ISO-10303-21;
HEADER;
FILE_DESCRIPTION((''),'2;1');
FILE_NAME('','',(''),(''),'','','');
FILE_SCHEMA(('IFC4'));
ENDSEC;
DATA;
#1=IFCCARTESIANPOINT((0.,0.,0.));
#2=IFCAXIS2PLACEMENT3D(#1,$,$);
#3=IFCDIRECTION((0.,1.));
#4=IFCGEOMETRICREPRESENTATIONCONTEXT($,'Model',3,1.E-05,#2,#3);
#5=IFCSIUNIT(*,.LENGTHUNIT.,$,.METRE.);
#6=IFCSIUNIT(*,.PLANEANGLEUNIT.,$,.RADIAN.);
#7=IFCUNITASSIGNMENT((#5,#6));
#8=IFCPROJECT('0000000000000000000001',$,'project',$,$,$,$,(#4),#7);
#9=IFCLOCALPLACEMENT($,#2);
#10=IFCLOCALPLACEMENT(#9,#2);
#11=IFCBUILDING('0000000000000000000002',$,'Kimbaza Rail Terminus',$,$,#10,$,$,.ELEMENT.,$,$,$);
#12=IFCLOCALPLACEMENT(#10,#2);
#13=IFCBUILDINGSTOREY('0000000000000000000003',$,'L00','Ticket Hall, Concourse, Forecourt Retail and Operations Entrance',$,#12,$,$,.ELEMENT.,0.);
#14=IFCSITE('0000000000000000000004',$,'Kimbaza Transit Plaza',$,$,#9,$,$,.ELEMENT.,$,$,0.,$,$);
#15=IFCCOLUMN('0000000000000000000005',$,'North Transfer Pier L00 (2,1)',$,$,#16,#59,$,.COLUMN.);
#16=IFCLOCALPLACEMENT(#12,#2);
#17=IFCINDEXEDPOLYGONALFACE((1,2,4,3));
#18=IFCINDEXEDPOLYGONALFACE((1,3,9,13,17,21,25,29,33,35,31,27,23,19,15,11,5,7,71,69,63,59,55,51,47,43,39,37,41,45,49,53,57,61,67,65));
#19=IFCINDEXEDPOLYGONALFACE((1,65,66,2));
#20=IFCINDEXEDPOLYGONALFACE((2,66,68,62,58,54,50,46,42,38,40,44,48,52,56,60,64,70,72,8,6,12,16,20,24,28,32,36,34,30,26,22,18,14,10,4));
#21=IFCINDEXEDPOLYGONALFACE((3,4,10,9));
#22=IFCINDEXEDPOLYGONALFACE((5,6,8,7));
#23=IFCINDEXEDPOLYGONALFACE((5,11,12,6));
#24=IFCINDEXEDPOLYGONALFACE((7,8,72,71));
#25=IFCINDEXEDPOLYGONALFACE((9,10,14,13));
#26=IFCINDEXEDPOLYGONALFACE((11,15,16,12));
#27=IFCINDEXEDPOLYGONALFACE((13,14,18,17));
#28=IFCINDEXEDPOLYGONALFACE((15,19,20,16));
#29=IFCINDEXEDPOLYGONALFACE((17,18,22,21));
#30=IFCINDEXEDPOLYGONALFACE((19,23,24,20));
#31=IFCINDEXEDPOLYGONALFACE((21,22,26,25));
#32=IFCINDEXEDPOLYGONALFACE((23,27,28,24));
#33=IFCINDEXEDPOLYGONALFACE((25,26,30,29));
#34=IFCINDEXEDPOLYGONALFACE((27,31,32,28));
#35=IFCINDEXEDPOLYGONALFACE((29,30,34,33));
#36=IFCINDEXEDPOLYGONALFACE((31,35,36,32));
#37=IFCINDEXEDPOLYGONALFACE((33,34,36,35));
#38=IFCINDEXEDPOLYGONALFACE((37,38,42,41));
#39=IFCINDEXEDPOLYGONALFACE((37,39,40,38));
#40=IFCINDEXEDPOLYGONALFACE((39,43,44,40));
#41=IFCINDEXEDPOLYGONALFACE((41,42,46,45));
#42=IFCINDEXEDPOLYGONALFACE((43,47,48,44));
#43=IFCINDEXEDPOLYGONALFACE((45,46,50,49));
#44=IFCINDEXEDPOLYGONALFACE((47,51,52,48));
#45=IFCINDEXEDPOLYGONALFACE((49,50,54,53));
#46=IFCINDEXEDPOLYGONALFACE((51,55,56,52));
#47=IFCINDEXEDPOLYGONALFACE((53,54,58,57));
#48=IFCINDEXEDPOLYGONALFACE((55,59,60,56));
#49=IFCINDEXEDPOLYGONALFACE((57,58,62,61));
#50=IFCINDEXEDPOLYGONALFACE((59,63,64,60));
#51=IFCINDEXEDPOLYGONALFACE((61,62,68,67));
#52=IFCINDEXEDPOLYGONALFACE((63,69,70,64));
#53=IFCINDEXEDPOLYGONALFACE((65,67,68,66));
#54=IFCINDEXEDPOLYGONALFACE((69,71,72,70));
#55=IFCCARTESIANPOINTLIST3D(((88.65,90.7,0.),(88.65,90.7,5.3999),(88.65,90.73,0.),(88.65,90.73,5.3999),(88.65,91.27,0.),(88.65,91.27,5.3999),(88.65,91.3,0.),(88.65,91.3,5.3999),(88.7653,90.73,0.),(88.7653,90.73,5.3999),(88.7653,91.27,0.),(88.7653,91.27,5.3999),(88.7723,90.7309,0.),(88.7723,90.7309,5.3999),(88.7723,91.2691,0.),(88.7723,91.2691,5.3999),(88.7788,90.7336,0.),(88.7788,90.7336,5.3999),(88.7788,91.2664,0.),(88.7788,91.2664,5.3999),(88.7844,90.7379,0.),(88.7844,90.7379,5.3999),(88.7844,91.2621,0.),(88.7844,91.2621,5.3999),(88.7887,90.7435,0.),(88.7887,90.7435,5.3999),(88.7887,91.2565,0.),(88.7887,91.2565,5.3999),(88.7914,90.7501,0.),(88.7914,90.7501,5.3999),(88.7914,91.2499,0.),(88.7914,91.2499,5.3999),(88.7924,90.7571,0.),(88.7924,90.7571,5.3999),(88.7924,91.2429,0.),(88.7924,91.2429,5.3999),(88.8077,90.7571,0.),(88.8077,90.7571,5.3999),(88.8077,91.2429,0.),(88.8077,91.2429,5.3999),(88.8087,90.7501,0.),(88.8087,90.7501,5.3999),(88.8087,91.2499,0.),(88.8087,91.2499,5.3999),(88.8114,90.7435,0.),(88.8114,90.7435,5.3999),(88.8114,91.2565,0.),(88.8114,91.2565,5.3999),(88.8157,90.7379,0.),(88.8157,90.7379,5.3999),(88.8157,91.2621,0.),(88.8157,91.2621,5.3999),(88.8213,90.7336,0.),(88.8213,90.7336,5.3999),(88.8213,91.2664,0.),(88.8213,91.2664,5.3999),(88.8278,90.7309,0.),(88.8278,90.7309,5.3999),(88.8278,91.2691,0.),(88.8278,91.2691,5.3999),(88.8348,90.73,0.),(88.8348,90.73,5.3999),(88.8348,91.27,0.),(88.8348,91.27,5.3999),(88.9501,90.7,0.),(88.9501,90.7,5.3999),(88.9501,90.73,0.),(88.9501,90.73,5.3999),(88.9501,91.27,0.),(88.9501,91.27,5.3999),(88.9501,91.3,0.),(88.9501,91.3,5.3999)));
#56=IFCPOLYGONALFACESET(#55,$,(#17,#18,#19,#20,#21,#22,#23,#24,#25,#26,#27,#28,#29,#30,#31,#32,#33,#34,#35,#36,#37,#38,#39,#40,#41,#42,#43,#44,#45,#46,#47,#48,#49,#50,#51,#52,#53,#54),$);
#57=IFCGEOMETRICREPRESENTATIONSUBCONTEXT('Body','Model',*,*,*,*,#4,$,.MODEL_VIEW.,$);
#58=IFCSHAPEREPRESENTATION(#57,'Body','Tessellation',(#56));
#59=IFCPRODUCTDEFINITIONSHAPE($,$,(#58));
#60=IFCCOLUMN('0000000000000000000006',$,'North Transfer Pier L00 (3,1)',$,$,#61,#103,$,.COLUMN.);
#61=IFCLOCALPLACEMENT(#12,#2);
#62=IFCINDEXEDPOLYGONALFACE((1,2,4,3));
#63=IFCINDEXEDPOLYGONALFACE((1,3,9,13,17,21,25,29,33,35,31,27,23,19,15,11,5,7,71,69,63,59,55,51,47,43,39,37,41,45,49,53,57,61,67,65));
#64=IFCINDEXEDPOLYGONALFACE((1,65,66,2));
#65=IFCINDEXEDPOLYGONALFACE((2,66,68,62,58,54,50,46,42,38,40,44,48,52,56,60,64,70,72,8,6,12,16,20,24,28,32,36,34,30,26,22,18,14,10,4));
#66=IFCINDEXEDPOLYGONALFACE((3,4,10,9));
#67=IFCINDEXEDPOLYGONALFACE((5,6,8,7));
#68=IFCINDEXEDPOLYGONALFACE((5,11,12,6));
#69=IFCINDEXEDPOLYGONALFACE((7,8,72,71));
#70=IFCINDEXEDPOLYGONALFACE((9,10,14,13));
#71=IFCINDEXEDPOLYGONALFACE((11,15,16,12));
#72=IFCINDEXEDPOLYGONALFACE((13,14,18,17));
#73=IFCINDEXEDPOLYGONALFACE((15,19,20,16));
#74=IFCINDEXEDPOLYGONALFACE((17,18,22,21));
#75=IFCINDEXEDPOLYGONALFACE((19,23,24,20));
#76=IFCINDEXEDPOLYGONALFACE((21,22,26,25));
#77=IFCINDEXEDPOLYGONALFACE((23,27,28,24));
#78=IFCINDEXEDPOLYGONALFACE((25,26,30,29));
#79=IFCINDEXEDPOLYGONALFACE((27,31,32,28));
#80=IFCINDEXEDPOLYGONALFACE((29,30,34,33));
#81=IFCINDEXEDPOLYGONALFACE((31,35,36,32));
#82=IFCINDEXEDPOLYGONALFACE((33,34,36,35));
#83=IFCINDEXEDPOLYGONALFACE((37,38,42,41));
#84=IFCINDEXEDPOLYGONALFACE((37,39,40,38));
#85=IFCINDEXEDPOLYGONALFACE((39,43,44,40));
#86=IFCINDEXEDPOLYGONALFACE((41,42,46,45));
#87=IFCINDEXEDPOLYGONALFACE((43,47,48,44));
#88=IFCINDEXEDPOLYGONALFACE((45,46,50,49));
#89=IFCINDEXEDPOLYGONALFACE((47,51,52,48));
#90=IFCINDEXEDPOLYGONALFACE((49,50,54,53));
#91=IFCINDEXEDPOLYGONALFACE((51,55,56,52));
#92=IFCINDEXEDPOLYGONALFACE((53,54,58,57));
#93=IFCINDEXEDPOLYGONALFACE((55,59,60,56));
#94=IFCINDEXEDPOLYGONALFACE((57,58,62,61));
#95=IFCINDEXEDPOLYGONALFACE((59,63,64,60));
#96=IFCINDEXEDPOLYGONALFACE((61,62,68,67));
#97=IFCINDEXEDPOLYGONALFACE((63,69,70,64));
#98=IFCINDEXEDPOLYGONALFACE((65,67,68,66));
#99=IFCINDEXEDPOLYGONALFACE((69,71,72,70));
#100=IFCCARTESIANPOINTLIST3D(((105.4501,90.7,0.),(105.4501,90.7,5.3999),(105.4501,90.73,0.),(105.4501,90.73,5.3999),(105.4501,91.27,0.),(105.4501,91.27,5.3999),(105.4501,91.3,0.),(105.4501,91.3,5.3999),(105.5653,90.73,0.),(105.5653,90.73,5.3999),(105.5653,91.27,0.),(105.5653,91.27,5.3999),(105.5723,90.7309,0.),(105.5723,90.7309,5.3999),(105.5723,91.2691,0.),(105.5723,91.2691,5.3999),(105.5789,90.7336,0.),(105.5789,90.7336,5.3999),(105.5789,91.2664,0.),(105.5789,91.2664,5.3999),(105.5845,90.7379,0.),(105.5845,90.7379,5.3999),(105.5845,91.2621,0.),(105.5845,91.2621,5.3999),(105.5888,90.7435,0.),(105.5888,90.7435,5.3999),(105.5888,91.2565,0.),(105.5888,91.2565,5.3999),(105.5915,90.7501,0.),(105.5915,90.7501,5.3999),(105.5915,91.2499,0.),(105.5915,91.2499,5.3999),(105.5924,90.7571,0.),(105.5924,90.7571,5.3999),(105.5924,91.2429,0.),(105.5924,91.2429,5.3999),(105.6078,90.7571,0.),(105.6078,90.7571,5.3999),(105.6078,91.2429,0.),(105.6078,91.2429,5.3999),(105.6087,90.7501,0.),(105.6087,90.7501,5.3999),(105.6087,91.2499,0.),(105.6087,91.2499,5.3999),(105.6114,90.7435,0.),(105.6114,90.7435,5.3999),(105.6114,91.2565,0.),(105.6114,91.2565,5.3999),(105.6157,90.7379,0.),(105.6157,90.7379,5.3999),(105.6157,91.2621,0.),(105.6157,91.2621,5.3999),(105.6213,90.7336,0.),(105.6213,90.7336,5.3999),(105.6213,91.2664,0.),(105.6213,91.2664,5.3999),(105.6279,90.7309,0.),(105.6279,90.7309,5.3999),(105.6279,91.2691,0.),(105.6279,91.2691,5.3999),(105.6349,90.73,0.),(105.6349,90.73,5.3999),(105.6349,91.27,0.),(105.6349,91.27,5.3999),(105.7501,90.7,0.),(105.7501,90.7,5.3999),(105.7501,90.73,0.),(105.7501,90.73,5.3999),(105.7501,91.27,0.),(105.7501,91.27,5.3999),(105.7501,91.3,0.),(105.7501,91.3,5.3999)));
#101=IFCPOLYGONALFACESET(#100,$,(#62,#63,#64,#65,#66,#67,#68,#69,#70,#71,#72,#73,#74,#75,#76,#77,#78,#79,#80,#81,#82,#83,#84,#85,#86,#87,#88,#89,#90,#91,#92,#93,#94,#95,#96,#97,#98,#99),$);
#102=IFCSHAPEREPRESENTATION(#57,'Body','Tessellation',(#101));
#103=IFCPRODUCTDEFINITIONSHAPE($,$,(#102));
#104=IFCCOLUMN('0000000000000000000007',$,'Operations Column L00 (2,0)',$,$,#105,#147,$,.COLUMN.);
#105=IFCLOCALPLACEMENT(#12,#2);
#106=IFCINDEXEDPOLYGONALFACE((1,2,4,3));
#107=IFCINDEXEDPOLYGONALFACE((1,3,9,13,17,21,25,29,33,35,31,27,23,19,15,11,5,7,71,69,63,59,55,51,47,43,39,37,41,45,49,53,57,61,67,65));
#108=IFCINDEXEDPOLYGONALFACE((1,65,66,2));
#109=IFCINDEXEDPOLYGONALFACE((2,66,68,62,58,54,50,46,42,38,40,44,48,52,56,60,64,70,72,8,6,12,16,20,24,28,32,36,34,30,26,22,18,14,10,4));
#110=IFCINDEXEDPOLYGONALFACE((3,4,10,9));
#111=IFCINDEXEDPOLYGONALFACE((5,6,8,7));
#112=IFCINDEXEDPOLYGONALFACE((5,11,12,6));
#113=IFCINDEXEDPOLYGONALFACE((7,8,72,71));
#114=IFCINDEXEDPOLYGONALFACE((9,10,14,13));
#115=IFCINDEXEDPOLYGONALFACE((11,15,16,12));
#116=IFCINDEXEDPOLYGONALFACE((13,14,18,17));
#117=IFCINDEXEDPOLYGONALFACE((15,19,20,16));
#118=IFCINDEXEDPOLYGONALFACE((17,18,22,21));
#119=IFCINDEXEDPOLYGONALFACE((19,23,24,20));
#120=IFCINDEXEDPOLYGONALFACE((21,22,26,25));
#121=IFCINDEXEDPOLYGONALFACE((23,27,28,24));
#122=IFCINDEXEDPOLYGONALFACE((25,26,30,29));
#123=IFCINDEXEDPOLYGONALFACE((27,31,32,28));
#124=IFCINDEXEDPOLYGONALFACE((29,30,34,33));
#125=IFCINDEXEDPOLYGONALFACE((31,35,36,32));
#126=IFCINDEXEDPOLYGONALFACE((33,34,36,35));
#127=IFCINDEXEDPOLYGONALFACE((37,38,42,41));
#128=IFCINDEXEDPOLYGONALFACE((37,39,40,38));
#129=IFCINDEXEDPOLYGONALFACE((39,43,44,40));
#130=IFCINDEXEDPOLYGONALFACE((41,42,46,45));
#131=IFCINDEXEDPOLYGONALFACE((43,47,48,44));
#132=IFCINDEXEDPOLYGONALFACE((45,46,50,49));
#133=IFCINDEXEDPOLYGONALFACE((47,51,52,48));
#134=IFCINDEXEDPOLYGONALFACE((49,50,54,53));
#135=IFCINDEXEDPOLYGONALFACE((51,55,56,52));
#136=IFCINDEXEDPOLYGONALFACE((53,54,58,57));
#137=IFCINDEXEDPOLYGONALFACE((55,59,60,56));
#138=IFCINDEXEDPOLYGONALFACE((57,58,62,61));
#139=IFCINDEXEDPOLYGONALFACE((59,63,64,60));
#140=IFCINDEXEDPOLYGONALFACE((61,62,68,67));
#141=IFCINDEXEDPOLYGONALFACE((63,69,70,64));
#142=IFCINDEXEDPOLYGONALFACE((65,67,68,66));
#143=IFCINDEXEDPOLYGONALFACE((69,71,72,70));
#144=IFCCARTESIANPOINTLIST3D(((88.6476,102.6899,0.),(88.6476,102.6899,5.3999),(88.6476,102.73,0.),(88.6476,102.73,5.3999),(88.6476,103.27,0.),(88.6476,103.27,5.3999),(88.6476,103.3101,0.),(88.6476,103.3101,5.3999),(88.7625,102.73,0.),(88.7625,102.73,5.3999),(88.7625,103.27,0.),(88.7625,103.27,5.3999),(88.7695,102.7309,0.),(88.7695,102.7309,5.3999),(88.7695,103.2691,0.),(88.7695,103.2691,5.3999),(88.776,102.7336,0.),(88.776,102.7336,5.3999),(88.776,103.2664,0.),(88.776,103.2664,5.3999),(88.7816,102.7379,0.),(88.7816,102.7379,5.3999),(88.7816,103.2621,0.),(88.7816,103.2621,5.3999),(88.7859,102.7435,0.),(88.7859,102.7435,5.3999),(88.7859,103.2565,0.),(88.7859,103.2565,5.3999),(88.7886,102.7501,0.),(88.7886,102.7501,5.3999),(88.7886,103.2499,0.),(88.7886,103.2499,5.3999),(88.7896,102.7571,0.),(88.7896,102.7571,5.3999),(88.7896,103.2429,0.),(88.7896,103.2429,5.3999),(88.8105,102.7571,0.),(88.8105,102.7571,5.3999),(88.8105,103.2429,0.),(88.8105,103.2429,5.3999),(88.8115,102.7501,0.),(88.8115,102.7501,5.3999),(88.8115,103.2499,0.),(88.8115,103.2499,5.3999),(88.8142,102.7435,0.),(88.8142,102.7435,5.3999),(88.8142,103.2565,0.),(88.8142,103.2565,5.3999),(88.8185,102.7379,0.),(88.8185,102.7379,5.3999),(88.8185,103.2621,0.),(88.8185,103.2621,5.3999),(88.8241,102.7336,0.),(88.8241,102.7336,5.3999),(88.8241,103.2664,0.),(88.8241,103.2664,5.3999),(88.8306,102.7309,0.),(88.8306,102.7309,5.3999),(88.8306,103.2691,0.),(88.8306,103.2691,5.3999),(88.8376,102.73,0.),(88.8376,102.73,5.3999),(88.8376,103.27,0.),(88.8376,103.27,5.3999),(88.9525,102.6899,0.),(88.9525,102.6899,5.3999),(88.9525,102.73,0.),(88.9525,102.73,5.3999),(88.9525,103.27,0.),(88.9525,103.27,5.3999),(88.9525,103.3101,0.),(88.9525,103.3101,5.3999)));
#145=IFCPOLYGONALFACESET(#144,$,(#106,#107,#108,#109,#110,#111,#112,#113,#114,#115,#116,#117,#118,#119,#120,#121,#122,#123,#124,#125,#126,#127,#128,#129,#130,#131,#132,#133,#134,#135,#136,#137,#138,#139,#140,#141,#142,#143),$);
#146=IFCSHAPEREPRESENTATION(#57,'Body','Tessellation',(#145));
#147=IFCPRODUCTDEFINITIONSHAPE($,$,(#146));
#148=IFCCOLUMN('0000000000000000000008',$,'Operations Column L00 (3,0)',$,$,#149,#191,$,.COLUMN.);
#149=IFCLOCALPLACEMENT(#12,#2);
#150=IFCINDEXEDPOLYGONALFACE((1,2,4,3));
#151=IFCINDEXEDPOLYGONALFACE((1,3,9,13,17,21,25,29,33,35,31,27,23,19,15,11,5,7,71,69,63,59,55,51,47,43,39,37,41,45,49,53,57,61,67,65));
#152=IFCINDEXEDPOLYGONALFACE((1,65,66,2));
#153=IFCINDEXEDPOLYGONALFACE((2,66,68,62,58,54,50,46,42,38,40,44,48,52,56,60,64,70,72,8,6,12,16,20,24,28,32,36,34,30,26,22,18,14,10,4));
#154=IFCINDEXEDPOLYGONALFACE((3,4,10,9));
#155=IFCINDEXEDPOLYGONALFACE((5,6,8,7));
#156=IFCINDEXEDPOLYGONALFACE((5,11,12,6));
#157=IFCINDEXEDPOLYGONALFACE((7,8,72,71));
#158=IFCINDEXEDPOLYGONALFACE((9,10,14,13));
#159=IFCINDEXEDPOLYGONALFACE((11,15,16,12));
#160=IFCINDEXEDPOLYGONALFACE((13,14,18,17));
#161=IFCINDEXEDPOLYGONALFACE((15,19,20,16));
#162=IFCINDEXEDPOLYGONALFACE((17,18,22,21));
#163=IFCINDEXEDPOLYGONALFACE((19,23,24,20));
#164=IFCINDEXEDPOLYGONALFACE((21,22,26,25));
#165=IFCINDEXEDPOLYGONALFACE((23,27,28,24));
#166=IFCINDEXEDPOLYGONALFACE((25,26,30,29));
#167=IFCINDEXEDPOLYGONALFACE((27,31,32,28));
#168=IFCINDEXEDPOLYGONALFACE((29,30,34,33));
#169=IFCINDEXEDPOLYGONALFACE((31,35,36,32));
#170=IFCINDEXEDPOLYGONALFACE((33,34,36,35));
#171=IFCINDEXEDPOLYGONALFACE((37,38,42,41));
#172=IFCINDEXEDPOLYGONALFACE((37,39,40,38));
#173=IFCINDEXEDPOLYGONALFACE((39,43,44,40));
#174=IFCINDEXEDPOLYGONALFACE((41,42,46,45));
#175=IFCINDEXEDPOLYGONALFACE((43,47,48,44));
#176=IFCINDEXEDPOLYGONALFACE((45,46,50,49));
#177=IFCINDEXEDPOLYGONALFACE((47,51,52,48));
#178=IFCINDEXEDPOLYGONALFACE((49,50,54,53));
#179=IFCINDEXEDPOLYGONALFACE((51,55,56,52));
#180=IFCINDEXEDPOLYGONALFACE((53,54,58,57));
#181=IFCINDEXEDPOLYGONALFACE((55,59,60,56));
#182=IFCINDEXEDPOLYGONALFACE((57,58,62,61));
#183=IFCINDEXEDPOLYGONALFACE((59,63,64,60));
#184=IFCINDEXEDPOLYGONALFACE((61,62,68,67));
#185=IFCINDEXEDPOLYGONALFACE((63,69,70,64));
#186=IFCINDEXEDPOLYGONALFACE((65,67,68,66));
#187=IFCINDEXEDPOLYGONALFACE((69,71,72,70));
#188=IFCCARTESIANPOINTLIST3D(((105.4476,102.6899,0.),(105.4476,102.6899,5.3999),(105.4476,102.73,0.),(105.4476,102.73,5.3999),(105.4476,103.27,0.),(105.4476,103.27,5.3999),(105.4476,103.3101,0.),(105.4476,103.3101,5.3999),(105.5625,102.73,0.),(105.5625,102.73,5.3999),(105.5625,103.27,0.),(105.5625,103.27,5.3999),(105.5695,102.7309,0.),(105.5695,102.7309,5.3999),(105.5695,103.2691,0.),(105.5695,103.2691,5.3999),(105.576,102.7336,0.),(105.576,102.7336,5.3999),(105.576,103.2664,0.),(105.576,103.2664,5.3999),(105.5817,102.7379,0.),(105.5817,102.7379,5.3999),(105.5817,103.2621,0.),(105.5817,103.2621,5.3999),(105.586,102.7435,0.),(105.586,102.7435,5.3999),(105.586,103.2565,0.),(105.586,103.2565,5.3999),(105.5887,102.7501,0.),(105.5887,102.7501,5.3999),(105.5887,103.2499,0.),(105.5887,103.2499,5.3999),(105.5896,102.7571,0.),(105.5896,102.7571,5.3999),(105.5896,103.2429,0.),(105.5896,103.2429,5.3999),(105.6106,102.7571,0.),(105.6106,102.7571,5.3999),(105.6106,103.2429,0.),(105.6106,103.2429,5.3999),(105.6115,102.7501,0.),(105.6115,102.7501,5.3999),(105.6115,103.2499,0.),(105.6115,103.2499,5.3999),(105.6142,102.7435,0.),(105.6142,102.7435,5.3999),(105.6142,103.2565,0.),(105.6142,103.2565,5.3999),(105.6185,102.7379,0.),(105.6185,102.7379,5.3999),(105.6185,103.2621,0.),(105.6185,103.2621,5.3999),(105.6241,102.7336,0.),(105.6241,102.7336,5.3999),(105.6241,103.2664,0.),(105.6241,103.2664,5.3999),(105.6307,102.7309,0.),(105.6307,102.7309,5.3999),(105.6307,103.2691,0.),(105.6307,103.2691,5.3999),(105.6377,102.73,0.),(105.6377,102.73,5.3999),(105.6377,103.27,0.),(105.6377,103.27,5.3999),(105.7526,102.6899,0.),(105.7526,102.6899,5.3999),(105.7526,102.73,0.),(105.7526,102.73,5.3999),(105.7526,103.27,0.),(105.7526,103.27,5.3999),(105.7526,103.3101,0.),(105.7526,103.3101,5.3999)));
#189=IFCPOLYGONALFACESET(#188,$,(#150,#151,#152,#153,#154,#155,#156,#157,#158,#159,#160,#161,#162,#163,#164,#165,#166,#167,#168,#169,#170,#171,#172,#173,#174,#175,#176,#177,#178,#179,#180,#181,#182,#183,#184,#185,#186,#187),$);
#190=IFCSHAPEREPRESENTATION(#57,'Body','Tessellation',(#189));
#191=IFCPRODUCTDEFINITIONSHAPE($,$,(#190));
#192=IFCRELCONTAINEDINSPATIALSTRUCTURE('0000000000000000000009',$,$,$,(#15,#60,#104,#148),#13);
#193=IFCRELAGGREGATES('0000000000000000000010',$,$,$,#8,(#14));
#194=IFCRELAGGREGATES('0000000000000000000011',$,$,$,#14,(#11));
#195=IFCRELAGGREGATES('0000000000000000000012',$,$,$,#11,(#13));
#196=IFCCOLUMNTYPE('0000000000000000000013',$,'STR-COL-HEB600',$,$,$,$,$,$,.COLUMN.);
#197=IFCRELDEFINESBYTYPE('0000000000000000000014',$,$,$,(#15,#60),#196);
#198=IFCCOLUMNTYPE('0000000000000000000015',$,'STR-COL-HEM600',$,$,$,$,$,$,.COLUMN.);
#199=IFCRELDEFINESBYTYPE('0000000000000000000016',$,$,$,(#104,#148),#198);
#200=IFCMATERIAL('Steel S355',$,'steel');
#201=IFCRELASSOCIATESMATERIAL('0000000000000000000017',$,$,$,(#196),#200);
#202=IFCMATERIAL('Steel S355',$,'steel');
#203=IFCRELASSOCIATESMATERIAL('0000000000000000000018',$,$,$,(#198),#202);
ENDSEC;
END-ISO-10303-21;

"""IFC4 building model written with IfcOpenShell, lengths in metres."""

from ifc_helpers import new_model, si_unit, direction, frame, origin, origin_2d, place, context, subcontext, project, spatial, i_section, extrude, material, material_profile, profile_set, type_object, element, save


model = new_model("IFC4")

# Units and contexts
model_context = context("Model", 3, precision=1e-05, world=origin(), true_north=direction((0.0, 1.0)))
body_context = subcontext(model_context, "Body", "Model", "MODEL_VIEW")
ifc_project = project(units=[si_unit("LENGTHUNIT", "METRE"), si_unit("PLANEANGLEUNIT", "RADIAN")], contexts=[model_context])

# Site, building, storey
site_placement = place(None, origin())
site = spatial("IfcSite", under=ifc_project, at=site_placement, Name="Kimbaza Transit Plaza", CompositionType="ELEMENT", RefElevation=0.0)
building_placement = place(site_placement, origin())
building = spatial("IfcBuilding", under=site, at=building_placement, Name="Kimbaza Rail Terminus", CompositionType="ELEMENT")
storey_placement = place(building_placement, origin())
storey = spatial("IfcBuildingStorey", under=building, at=storey_placement, Name="L00", Description="Ticket Hall, Concourse, Forecourt Retail and Operations Entrance", CompositionType="ELEMENT", Elevation=0.0)

# Columns
ifc_material_1 = material(Name="Steel S355", Category="steel")
ifc_material_profile_1 = material_profile(ifc_material_1, i_section(OverallWidth=0.3, OverallDepth=0.6001, WebThickness=0.0154, FlangeThickness=0.03, FilletRadius=0.0271, at=origin_2d()), Name="HEB 600")
ifc_profile_set_1 = profile_set([ifc_material_profile_1], Name="Steel S355")
column_type_1 = type_object("IfcColumnType", Name="STR-COL-HEB600", PredefinedType="COLUMN", material=ifc_profile_set_1)
for number, where, z_axis, x_axis, name in (
    (1, (88.8, 91.0, 0.0), (0.0, 0.0, 1.0), (1.0, 0.0, 0.0), "North Transfer Pier L00 (2,1)"),
    (2, (105.6001, 91.0, 0.0), (0.0, 0.0, 1.0), (1.0, 0.0, 0.0), "North Transfer Pier L00 (3,1)"),
):
    element("IfcColumn", number, at=place(storey_placement, frame(where, z_axis=z_axis, x_axis=x_axis)), inside=storey, type_object=column_type_1, Name=name, PredefinedType="COLUMN", context=body_context, shape_type="SweptSolid", body=[
        extrude(i_section(OverallWidth=0.3, OverallDepth=0.6001, WebThickness=0.0154, FlangeThickness=0.03, FilletRadius=0.0271, at=origin_2d()), origin(), (0.0, 0.0, 1.0), 5.3999),
    ])
ifc_material_2 = material(Name="Steel S355", Category="steel")
ifc_material_profile_2 = material_profile(ifc_material_2, i_section(OverallWidth=0.3049, OverallDepth=0.6201, WebThickness=0.021, FlangeThickness=0.04, FilletRadius=0.0271, at=origin_2d()), Name="HEM 600")
ifc_profile_set_2 = profile_set([ifc_material_profile_2], Name="Steel S355")
column_type_2 = type_object("IfcColumnType", Name="STR-COL-HEM600", PredefinedType="COLUMN", material=ifc_profile_set_2)
for number, where, z_axis, x_axis, name in (
    (3, (88.8, 103.0, 0.0), (0.0, 0.0, 1.0), (1.0, 0.0, 0.0), "Operations Column L00 (2,0)"),
    (4, (105.6001, 103.0, 0.0), (0.0, 0.0, 1.0), (1.0, 0.0, 0.0), "Operations Column L00 (3,0)"),
):
    element("IfcColumn", number, at=place(storey_placement, frame(where, z_axis=z_axis, x_axis=x_axis)), inside=storey, type_object=column_type_2, Name=name, PredefinedType="COLUMN", context=body_context, shape_type="SweptSolid", body=[
        extrude(i_section(OverallWidth=0.3049, OverallDepth=0.6201, WebThickness=0.021, FlangeThickness=0.04, FilletRadius=0.0271, at=origin_2d()), origin(), (0.0, 0.0, 1.0), 5.3999),
    ])

save(model, "model.ifc")
